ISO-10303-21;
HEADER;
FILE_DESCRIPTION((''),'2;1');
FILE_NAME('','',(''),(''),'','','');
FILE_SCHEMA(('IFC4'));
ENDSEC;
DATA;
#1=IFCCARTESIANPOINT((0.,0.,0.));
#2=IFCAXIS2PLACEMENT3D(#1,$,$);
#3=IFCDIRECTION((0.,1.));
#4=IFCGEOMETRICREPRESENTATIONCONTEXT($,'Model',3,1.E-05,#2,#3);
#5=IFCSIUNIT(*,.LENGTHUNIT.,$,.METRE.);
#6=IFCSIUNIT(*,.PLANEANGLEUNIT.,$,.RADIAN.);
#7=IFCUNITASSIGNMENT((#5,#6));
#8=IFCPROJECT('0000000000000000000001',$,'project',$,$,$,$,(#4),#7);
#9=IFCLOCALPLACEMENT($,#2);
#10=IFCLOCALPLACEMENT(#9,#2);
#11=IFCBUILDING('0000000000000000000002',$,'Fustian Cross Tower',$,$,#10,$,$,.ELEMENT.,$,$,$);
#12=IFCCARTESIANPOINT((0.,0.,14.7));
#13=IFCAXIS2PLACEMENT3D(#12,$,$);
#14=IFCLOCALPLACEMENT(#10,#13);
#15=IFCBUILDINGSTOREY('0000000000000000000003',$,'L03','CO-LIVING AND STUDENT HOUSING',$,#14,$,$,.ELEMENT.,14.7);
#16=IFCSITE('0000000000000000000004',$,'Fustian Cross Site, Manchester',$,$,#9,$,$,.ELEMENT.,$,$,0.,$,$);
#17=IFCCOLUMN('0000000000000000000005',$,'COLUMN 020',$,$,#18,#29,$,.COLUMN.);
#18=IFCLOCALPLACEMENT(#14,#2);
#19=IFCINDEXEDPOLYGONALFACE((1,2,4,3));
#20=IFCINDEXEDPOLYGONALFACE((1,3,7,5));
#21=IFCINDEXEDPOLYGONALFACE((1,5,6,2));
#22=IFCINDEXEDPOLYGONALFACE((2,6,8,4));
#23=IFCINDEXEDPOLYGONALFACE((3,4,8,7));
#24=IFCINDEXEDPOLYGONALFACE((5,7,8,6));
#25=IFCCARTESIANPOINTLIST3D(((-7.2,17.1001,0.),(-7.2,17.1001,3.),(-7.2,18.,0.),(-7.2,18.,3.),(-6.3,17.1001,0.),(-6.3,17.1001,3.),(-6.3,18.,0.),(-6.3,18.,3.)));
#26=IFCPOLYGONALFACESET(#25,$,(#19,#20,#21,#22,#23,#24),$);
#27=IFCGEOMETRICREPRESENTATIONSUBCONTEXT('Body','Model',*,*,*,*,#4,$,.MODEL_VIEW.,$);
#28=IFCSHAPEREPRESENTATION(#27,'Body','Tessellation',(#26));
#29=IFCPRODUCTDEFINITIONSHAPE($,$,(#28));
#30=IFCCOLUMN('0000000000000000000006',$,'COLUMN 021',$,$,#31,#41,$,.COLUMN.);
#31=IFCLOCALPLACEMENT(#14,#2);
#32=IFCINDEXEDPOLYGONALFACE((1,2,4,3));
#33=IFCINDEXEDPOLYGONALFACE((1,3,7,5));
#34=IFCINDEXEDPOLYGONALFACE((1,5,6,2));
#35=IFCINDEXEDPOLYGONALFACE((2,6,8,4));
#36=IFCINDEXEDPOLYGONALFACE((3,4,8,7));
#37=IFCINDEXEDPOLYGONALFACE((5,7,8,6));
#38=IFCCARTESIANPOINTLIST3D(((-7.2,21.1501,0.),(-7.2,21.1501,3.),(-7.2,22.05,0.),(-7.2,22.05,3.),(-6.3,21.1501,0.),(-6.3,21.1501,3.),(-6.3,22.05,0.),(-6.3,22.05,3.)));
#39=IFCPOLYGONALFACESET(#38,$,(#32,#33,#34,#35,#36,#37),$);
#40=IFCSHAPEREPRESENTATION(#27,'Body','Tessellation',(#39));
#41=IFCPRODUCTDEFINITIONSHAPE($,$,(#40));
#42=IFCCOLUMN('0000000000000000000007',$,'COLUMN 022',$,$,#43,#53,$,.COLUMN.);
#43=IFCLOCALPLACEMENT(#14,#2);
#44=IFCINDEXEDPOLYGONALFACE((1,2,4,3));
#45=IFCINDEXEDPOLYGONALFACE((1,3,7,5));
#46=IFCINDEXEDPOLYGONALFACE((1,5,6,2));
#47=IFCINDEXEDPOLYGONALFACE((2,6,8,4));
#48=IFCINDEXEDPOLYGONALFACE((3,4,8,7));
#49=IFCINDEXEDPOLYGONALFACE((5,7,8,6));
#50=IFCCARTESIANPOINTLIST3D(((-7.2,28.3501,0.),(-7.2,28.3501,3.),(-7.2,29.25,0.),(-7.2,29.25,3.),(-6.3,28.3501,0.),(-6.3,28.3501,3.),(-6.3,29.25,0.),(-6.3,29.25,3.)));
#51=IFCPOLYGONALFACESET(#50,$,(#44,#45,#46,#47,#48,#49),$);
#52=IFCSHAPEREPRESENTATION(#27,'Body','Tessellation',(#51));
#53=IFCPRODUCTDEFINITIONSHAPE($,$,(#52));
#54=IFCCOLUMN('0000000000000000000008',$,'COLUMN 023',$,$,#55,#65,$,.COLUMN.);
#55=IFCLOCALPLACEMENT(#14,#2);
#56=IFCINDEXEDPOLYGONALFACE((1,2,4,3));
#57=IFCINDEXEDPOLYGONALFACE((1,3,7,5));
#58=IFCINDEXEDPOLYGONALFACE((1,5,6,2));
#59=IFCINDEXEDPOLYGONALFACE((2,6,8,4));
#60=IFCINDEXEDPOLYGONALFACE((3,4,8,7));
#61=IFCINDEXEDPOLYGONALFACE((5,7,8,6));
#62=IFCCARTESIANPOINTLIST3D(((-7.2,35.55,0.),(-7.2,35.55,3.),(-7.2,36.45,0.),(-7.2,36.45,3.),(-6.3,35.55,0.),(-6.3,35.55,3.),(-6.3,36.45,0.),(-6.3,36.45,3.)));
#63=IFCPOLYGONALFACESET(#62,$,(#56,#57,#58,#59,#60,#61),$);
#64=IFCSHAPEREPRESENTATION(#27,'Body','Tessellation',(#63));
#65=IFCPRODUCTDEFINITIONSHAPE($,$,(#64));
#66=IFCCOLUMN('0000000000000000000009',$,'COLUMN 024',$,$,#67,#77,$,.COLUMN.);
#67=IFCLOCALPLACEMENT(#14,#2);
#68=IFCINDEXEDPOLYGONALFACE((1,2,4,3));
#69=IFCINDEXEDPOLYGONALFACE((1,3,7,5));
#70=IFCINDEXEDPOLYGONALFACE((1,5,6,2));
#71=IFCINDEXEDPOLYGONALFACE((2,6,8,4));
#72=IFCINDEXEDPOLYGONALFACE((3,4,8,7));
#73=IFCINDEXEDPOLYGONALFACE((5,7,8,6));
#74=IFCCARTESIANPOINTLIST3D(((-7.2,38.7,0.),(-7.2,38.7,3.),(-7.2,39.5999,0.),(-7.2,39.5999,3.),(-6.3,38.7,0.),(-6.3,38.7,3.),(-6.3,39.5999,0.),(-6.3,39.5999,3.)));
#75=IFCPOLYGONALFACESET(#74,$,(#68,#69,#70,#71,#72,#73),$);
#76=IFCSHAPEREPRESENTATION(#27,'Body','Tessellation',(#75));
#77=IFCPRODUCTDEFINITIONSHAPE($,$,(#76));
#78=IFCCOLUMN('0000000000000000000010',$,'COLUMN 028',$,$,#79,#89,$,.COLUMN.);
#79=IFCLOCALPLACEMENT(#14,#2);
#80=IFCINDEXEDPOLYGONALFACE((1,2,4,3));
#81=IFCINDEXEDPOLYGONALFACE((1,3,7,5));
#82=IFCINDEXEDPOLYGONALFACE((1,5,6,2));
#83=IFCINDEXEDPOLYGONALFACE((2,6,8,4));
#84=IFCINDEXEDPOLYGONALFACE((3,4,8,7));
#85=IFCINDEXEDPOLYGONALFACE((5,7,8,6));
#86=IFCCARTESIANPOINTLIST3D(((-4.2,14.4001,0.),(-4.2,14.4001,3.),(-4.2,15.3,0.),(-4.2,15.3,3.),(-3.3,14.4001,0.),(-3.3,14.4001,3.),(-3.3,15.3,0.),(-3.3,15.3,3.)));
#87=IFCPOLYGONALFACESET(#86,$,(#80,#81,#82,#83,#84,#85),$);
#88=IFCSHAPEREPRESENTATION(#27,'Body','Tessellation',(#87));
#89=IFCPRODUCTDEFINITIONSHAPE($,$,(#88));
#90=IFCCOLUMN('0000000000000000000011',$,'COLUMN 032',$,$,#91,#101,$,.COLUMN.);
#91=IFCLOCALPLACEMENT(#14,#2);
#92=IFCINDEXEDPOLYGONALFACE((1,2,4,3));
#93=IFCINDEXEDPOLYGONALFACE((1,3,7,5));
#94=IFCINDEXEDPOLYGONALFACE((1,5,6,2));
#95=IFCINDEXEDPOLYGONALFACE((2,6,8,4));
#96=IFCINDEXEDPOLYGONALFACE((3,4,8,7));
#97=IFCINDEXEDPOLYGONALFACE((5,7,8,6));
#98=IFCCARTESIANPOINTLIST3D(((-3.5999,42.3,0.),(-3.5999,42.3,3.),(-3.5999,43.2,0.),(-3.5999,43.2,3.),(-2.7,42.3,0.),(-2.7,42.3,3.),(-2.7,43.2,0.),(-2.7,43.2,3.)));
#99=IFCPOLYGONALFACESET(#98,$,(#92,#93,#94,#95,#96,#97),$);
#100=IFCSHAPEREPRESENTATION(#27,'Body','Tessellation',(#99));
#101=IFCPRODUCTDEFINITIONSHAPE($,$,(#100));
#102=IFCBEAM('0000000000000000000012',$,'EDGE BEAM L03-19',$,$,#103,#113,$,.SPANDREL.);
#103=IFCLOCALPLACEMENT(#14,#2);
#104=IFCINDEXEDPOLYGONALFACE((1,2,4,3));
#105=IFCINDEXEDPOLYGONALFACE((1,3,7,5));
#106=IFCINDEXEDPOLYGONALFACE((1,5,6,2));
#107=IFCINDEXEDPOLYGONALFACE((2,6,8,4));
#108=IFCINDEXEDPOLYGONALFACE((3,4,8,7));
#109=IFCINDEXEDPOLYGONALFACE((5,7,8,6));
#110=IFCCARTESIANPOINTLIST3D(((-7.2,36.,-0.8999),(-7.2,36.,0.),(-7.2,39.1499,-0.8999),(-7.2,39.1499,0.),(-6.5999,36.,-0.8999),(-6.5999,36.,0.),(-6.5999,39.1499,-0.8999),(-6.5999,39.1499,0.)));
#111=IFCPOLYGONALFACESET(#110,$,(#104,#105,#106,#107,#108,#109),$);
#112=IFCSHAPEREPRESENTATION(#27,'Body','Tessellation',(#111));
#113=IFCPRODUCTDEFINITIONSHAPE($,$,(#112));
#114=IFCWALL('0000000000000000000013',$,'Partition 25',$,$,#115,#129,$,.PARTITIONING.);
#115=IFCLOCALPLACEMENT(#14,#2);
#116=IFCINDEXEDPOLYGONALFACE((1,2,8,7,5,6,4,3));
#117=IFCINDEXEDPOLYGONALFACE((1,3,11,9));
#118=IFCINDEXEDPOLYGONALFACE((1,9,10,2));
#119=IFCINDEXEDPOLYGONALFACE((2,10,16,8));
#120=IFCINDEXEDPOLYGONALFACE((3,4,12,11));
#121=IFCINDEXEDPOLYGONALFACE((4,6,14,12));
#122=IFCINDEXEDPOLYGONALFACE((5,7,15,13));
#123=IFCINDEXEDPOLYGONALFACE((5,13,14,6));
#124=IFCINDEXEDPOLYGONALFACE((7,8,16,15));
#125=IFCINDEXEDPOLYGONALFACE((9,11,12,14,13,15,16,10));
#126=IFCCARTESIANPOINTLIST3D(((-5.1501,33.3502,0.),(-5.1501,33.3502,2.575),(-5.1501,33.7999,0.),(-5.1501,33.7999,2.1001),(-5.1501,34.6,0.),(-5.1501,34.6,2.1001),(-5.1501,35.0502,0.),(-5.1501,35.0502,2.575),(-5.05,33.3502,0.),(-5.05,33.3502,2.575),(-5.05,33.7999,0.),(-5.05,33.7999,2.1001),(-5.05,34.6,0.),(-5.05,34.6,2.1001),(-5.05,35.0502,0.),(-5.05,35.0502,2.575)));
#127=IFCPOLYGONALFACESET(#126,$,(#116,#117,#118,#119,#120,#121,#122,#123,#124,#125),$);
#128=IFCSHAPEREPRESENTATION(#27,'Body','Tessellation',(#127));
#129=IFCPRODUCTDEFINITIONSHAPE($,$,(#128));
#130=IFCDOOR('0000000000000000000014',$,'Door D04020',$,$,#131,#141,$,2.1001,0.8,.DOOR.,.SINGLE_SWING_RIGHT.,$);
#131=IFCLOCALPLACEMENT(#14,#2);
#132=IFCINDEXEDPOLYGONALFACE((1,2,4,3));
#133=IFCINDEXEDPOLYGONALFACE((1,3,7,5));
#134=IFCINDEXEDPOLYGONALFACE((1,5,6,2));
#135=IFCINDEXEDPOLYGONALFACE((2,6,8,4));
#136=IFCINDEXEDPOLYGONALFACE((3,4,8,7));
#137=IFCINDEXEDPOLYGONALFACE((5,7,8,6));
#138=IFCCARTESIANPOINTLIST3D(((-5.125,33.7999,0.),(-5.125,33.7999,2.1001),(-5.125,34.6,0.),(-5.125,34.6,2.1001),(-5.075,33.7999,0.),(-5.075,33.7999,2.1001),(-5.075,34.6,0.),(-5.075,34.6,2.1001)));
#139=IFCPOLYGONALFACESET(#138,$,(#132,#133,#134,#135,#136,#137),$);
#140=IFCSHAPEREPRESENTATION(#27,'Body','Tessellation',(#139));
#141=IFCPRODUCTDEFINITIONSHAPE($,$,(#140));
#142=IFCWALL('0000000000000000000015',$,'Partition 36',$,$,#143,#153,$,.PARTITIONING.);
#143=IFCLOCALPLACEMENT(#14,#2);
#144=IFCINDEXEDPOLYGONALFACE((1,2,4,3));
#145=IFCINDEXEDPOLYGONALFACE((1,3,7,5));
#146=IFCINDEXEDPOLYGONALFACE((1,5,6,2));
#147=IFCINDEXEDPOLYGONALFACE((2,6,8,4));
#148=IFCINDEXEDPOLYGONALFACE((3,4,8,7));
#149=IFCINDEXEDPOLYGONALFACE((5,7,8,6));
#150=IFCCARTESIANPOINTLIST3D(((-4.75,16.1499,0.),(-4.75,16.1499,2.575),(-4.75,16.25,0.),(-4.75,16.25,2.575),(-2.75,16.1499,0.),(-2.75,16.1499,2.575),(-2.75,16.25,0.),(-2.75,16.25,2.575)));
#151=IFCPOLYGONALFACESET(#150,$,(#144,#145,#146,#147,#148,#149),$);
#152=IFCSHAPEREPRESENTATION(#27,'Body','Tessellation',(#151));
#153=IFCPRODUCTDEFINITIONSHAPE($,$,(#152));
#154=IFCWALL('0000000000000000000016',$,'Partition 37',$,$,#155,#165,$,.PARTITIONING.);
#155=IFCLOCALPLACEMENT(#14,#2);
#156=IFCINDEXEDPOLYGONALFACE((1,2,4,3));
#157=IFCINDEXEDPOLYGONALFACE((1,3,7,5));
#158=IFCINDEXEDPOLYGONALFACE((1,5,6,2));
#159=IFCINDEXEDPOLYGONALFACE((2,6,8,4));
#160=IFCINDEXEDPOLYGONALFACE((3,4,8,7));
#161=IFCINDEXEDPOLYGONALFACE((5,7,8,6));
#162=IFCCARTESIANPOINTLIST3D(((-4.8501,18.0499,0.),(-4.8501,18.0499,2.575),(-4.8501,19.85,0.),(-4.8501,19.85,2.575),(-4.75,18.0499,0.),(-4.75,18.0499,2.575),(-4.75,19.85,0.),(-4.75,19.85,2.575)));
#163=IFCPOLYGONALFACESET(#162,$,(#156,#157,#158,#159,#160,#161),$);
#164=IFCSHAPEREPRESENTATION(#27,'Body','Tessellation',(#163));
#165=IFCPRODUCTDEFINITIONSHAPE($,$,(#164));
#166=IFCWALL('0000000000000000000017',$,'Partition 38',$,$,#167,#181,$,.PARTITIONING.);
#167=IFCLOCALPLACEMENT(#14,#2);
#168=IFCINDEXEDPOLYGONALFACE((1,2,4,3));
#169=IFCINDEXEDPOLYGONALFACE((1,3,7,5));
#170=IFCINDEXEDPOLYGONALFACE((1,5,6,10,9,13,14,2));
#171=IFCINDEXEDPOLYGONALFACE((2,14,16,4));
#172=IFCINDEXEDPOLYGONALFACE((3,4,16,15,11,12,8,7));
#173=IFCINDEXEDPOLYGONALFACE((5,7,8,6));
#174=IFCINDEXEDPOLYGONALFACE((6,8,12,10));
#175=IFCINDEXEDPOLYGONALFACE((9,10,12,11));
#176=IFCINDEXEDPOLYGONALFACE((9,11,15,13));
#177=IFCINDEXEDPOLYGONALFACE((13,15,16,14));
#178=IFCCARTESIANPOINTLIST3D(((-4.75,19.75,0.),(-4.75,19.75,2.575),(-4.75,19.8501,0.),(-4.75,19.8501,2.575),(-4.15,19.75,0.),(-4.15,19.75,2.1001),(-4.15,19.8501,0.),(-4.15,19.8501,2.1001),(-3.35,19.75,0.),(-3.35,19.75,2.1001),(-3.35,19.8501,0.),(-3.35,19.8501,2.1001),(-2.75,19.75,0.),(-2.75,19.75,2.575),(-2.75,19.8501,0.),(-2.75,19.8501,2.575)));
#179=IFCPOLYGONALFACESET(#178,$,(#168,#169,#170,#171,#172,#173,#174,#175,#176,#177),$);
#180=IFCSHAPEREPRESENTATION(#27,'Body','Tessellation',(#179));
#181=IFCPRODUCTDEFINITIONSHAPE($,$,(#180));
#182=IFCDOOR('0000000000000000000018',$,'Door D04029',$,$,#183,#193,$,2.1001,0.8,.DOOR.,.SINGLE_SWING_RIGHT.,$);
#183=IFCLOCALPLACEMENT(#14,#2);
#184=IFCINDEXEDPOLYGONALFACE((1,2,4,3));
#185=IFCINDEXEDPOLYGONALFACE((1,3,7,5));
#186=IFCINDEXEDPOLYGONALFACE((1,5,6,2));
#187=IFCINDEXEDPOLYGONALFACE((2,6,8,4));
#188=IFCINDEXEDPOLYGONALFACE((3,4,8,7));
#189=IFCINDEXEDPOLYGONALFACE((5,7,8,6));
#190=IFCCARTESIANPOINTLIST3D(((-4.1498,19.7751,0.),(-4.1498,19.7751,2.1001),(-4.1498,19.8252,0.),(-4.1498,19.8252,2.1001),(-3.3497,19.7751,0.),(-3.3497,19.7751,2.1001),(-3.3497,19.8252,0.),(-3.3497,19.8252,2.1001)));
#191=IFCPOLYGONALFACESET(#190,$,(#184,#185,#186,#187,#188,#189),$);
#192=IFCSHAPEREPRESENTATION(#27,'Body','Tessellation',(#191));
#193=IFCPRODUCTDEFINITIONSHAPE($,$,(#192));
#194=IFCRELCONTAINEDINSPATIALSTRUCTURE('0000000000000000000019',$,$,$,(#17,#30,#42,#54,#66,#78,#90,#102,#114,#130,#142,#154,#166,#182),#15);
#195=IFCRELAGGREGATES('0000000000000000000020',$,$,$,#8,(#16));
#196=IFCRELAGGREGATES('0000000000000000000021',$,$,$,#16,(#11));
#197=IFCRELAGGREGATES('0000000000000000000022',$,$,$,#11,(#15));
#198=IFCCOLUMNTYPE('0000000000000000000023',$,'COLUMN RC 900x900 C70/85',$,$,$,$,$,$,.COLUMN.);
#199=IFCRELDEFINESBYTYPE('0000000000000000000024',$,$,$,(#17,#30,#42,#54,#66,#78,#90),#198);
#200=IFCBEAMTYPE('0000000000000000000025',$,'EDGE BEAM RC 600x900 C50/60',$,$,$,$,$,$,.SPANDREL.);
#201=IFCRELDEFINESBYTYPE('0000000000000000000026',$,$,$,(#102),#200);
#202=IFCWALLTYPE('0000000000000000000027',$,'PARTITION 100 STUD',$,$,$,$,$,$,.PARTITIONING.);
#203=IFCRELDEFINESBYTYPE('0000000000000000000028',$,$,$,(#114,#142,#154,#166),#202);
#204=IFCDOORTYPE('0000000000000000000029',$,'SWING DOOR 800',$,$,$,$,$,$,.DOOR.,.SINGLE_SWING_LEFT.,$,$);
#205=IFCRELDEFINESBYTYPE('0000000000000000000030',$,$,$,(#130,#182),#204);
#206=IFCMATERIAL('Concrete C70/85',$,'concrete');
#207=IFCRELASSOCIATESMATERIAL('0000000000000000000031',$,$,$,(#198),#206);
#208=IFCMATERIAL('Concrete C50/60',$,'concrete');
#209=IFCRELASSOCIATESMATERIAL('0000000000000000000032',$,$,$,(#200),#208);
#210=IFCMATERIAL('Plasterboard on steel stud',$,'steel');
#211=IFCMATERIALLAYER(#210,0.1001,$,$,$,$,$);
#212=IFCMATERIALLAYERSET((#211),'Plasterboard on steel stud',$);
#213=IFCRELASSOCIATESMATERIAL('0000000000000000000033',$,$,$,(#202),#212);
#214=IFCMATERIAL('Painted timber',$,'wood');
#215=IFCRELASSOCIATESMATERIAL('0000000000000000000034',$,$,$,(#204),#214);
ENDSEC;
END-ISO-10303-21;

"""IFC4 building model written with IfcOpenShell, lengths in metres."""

from ifc_helpers import new_model, si_unit, direction, frame, frame_2d, origin, origin_2d, place, context, subcontext, project, spatial, rectangle, extrude, material, layer, layer_set, material_profile, profile_set, type_object, element, fill, save


model = new_model("IFC4")

# Units and contexts
model_context = context("Model", 3, precision=1e-05, world=origin(), true_north=direction((0.0, 1.0)))
body_context = subcontext(model_context, "Body", "Model", "MODEL_VIEW")
ifc_project = project(units=[si_unit("LENGTHUNIT", "METRE"), si_unit("PLANEANGLEUNIT", "RADIAN")], contexts=[model_context])

# Site, building, storey
site_placement = place(None, origin())
site = spatial("IfcSite", under=ifc_project, at=site_placement, Name="Fustian Cross Site, Manchester", CompositionType="ELEMENT", RefElevation=0.0)
building_placement = place(site_placement, origin())
building = spatial("IfcBuilding", under=site, at=building_placement, Name="Fustian Cross Tower", CompositionType="ELEMENT")
storey_placement = place(building_placement, frame((0.0, 0.0, 14.7)))
storey = spatial("IfcBuildingStorey", under=building, at=storey_placement, Name="L03", Description="CO-LIVING AND STUDENT HOUSING", CompositionType="ELEMENT", Elevation=14.7)

# Columns
ifc_material_1 = material(Name="Concrete C70/85", Category="concrete")
ifc_material_profile_1 = material_profile(ifc_material_1, rectangle(XDim=0.8999, YDim=0.8999, at=origin_2d()), Name="RC 900x900")
ifc_profile_set_1 = profile_set([ifc_material_profile_1], Name="Concrete C70/85")
column_type = type_object("IfcColumnType", Name="COLUMN RC 900x900 C70/85", PredefinedType="COLUMN", material=ifc_profile_set_1)
for number, where, z_axis, x_axis, name in (
    (1, (-6.75, 17.55, 0.0), (0.0, 0.0, 1.0), (1.0, 0.0, 0.0), "COLUMN 020"),
    (2, (-6.75, 21.6001, 0.0), (0.0, 0.0, 1.0), (1.0, 0.0, 0.0), "COLUMN 021"),
    (3, (-6.75, 28.8, 0.0), (0.0, 0.0, 1.0), (1.0, 0.0, 0.0), "COLUMN 022"),
    (4, (-6.75, 36.0, 0.0), (0.0, 0.0, 1.0), (1.0, 0.0, 0.0), "COLUMN 023"),
    (5, (-6.75, 39.1499, 0.0), (0.0, 0.0, 1.0), (1.0, 0.0, 0.0), "COLUMN 024"),
    (6, (-3.75, 14.8501, 0.0), (0.0, 0.0, 1.0), (1.0, 0.0, 0.0), "COLUMN 028"),
    (7, (-3.1499, 42.75, 0.0), (0.0, 0.0, 1.0), (1.0, 0.0, 0.0), "COLUMN 032"),
):
    element("IfcColumn", number, at=place(storey_placement, frame(where, z_axis=z_axis, x_axis=x_axis)), inside=storey, type_object=column_type, Name=name, PredefinedType="COLUMN", context=body_context, shape_type="SweptSolid", body=[
        extrude(rectangle(XDim=0.8999, YDim=0.8999, at=origin_2d()), origin(), (0.0, 0.0, 1.0), 3.0),
    ])

# Beam
ifc_material_2 = material(Name="Concrete C50/60", Category="concrete")
ifc_material_profile_2 = material_profile(ifc_material_2, rectangle(XDim=0.6001, YDim=0.8999, at=origin_2d()), Name="RC 600x900")
ifc_profile_set_2 = profile_set([ifc_material_profile_2], Name="Concrete C50/60")
beam_type = type_object("IfcBeamType", Name="EDGE BEAM RC 600x900 C50/60", PredefinedType="SPANDREL", material=ifc_profile_set_2)
beam_placement = place(storey_placement, frame((-6.8999, 39.1499, -0.45), z_axis=(0.0, -1.0, 0.0), x_axis=(1.0, 0.0, 0.0)))
element("IfcBeam", 8, at=beam_placement, inside=storey, type_object=beam_type, Name="EDGE BEAM L03-19", PredefinedType="SPANDREL", context=body_context, shape_type="SweptSolid", body=[
    extrude(rectangle(XDim=0.6001, YDim=0.8999, at=origin_2d()), origin(), (0.0, 0.0, 1.0), 3.1499),
])

# Wall, opening, door
ifc_material_3 = material(Name="Plasterboard on steel stud", Category="steel")
ifc_layer_1 = layer(ifc_material_3, 0.1001)
ifc_layer_set_1 = layer_set([ifc_layer_1], Name="Plasterboard on steel stud")
wall_type_1 = type_object("IfcWallType", Name="PARTITION 100 STUD", PredefinedType="PARTITIONING", material=ifc_layer_set_1)
wall_1_placement = place(storey_placement, frame((-5.1001, 33.3501, 0.0), z_axis=(0.0, 0.0, 1.0), x_axis=(0.0, 1.0, 0.0)))
wall_1 = element("IfcWall", 9, at=wall_1_placement, inside=storey, type_object=wall_type_1, Name="Partition 25", PredefinedType="PARTITIONING", context=body_context, shape_type="SweptSolid", body=[
    extrude(rectangle(XDim=1.7, YDim=0.1001, at=frame_2d((0.8501, 0.0))), origin(), (0.0, 0.0, 1.0), 2.575),
])
opening_1_placement = place(wall_1_placement, frame((0.45, 0.0, 0.0)))
opening_1 = element("IfcOpeningElement", 10, at=opening_1_placement, cuts=wall_1, PredefinedType="OPENING", context=body_context, shape_type="SweptSolid", body=[
    extrude(rectangle(XDim=0.8, YDim=2.1001, at=frame_2d((0.3999, 1.05))), frame((0.0, 0.0601, 0.0), z_axis=(0.0, -1.0, 0.0), x_axis=(1.0, 0.0, 0.0)), (0.0, 0.0, 1.0), 0.1201),
])
ifc_material_4 = material(Name="Painted timber", Category="wood")
door_type_1 = type_object("IfcDoorType", Name="SWING DOOR 800", OperationType="SINGLE_SWING_LEFT", PredefinedType="DOOR", material=ifc_material_4)
door_1_placement = place(opening_1_placement, origin())
door_1 = element("IfcDoor", 11, at=door_1_placement, inside=storey, type_object=door_type_1, Name="Door D04020", OperationType="SINGLE_SWING_RIGHT", OverallHeight=2.1001, OverallWidth=0.8, PredefinedType="DOOR", context=body_context, shape_type="SweptSolid", body=[
    extrude(rectangle(XDim=0.8, YDim=2.1001, at=frame_2d((0.3999, 1.05))), frame((0.0, 0.0249, 0.0), z_axis=(0.0, -1.0, 0.0), x_axis=(1.0, 0.0, 0.0)), (0.0, 0.0, 1.0), 0.05),
])
fill(opening_1, door_1)

# Walls
wall_2_placement = place(storey_placement, frame((-4.75, 16.2, 0.0), z_axis=(0.0, 0.0, 1.0), x_axis=(1.0, 0.0, 0.0)))
element("IfcWall", 12, at=wall_2_placement, inside=storey, type_object=wall_type_1, Name="Partition 36", PredefinedType="PARTITIONING", context=body_context, shape_type="SweptSolid", body=[
    extrude(rectangle(XDim=2.0, YDim=0.1001, at=frame_2d((1.0, 0.0))), origin(), (0.0, 0.0, 1.0), 2.575),
])
wall_3_placement = place(storey_placement, frame((-4.8, 18.05, 0.0), z_axis=(0.0, 0.0, 1.0), x_axis=(0.0, 1.0, 0.0)))
element("IfcWall", 13, at=wall_3_placement, inside=storey, type_object=wall_type_1, Name="Partition 37", PredefinedType="PARTITIONING", context=body_context, shape_type="SweptSolid", body=[
    extrude(rectangle(XDim=1.8, YDim=0.1001, at=frame_2d((0.8999, 0.0))), origin(), (0.0, 0.0, 1.0), 2.575),
])

# Wall, opening, door
wall_4_placement = place(storey_placement, frame((-4.75, 19.8, 0.0), z_axis=(0.0, 0.0, 1.0), x_axis=(1.0, 0.0, 0.0)))
wall_4 = element("IfcWall", 14, at=wall_4_placement, inside=storey, type_object=wall_type_1, Name="Partition 38", PredefinedType="PARTITIONING", context=body_context, shape_type="SweptSolid", body=[
    extrude(rectangle(XDim=2.0, YDim=0.1001, at=frame_2d((1.0, 0.0))), origin(), (0.0, 0.0, 1.0), 2.575),
])
opening_2_placement = place(wall_4_placement, frame((0.6001, 0.0, 0.0)))
opening_2 = element("IfcOpeningElement", 15, at=opening_2_placement, cuts=wall_4, PredefinedType="OPENING", context=body_context, shape_type="SweptSolid", body=[
    extrude(rectangle(XDim=0.8, YDim=2.1001, at=frame_2d((0.3999, 1.05))), frame((0.0, 0.0601, 0.0), z_axis=(0.0, -1.0, 0.0), x_axis=(1.0, 0.0, 0.0)), (0.0, 0.0, 1.0), 0.1201),
])
door_2_placement = place(opening_2_placement, frame((0.8, 0.0, 0.0), z_axis=(0.0, 0.0, 1.0), x_axis=(-1.0, 0.0, 0.0)))
door_2 = element("IfcDoor", 16, at=door_2_placement, inside=storey, type_object=door_type_1, Name="Door D04029", OperationType="SINGLE_SWING_RIGHT", OverallHeight=2.1001, OverallWidth=0.8, PredefinedType="DOOR", context=body_context, shape_type="SweptSolid", body=[
    extrude(rectangle(XDim=0.8, YDim=2.1001, at=frame_2d((0.3999, 1.05))), frame((0.0, 0.0249, 0.0), z_axis=(0.0, -1.0, 0.0), x_axis=(1.0, 0.0, 0.0)), (0.0, 0.0, 1.0), 0.05),
])
fill(opening_2, door_2)

save(model, "model.ifc")
